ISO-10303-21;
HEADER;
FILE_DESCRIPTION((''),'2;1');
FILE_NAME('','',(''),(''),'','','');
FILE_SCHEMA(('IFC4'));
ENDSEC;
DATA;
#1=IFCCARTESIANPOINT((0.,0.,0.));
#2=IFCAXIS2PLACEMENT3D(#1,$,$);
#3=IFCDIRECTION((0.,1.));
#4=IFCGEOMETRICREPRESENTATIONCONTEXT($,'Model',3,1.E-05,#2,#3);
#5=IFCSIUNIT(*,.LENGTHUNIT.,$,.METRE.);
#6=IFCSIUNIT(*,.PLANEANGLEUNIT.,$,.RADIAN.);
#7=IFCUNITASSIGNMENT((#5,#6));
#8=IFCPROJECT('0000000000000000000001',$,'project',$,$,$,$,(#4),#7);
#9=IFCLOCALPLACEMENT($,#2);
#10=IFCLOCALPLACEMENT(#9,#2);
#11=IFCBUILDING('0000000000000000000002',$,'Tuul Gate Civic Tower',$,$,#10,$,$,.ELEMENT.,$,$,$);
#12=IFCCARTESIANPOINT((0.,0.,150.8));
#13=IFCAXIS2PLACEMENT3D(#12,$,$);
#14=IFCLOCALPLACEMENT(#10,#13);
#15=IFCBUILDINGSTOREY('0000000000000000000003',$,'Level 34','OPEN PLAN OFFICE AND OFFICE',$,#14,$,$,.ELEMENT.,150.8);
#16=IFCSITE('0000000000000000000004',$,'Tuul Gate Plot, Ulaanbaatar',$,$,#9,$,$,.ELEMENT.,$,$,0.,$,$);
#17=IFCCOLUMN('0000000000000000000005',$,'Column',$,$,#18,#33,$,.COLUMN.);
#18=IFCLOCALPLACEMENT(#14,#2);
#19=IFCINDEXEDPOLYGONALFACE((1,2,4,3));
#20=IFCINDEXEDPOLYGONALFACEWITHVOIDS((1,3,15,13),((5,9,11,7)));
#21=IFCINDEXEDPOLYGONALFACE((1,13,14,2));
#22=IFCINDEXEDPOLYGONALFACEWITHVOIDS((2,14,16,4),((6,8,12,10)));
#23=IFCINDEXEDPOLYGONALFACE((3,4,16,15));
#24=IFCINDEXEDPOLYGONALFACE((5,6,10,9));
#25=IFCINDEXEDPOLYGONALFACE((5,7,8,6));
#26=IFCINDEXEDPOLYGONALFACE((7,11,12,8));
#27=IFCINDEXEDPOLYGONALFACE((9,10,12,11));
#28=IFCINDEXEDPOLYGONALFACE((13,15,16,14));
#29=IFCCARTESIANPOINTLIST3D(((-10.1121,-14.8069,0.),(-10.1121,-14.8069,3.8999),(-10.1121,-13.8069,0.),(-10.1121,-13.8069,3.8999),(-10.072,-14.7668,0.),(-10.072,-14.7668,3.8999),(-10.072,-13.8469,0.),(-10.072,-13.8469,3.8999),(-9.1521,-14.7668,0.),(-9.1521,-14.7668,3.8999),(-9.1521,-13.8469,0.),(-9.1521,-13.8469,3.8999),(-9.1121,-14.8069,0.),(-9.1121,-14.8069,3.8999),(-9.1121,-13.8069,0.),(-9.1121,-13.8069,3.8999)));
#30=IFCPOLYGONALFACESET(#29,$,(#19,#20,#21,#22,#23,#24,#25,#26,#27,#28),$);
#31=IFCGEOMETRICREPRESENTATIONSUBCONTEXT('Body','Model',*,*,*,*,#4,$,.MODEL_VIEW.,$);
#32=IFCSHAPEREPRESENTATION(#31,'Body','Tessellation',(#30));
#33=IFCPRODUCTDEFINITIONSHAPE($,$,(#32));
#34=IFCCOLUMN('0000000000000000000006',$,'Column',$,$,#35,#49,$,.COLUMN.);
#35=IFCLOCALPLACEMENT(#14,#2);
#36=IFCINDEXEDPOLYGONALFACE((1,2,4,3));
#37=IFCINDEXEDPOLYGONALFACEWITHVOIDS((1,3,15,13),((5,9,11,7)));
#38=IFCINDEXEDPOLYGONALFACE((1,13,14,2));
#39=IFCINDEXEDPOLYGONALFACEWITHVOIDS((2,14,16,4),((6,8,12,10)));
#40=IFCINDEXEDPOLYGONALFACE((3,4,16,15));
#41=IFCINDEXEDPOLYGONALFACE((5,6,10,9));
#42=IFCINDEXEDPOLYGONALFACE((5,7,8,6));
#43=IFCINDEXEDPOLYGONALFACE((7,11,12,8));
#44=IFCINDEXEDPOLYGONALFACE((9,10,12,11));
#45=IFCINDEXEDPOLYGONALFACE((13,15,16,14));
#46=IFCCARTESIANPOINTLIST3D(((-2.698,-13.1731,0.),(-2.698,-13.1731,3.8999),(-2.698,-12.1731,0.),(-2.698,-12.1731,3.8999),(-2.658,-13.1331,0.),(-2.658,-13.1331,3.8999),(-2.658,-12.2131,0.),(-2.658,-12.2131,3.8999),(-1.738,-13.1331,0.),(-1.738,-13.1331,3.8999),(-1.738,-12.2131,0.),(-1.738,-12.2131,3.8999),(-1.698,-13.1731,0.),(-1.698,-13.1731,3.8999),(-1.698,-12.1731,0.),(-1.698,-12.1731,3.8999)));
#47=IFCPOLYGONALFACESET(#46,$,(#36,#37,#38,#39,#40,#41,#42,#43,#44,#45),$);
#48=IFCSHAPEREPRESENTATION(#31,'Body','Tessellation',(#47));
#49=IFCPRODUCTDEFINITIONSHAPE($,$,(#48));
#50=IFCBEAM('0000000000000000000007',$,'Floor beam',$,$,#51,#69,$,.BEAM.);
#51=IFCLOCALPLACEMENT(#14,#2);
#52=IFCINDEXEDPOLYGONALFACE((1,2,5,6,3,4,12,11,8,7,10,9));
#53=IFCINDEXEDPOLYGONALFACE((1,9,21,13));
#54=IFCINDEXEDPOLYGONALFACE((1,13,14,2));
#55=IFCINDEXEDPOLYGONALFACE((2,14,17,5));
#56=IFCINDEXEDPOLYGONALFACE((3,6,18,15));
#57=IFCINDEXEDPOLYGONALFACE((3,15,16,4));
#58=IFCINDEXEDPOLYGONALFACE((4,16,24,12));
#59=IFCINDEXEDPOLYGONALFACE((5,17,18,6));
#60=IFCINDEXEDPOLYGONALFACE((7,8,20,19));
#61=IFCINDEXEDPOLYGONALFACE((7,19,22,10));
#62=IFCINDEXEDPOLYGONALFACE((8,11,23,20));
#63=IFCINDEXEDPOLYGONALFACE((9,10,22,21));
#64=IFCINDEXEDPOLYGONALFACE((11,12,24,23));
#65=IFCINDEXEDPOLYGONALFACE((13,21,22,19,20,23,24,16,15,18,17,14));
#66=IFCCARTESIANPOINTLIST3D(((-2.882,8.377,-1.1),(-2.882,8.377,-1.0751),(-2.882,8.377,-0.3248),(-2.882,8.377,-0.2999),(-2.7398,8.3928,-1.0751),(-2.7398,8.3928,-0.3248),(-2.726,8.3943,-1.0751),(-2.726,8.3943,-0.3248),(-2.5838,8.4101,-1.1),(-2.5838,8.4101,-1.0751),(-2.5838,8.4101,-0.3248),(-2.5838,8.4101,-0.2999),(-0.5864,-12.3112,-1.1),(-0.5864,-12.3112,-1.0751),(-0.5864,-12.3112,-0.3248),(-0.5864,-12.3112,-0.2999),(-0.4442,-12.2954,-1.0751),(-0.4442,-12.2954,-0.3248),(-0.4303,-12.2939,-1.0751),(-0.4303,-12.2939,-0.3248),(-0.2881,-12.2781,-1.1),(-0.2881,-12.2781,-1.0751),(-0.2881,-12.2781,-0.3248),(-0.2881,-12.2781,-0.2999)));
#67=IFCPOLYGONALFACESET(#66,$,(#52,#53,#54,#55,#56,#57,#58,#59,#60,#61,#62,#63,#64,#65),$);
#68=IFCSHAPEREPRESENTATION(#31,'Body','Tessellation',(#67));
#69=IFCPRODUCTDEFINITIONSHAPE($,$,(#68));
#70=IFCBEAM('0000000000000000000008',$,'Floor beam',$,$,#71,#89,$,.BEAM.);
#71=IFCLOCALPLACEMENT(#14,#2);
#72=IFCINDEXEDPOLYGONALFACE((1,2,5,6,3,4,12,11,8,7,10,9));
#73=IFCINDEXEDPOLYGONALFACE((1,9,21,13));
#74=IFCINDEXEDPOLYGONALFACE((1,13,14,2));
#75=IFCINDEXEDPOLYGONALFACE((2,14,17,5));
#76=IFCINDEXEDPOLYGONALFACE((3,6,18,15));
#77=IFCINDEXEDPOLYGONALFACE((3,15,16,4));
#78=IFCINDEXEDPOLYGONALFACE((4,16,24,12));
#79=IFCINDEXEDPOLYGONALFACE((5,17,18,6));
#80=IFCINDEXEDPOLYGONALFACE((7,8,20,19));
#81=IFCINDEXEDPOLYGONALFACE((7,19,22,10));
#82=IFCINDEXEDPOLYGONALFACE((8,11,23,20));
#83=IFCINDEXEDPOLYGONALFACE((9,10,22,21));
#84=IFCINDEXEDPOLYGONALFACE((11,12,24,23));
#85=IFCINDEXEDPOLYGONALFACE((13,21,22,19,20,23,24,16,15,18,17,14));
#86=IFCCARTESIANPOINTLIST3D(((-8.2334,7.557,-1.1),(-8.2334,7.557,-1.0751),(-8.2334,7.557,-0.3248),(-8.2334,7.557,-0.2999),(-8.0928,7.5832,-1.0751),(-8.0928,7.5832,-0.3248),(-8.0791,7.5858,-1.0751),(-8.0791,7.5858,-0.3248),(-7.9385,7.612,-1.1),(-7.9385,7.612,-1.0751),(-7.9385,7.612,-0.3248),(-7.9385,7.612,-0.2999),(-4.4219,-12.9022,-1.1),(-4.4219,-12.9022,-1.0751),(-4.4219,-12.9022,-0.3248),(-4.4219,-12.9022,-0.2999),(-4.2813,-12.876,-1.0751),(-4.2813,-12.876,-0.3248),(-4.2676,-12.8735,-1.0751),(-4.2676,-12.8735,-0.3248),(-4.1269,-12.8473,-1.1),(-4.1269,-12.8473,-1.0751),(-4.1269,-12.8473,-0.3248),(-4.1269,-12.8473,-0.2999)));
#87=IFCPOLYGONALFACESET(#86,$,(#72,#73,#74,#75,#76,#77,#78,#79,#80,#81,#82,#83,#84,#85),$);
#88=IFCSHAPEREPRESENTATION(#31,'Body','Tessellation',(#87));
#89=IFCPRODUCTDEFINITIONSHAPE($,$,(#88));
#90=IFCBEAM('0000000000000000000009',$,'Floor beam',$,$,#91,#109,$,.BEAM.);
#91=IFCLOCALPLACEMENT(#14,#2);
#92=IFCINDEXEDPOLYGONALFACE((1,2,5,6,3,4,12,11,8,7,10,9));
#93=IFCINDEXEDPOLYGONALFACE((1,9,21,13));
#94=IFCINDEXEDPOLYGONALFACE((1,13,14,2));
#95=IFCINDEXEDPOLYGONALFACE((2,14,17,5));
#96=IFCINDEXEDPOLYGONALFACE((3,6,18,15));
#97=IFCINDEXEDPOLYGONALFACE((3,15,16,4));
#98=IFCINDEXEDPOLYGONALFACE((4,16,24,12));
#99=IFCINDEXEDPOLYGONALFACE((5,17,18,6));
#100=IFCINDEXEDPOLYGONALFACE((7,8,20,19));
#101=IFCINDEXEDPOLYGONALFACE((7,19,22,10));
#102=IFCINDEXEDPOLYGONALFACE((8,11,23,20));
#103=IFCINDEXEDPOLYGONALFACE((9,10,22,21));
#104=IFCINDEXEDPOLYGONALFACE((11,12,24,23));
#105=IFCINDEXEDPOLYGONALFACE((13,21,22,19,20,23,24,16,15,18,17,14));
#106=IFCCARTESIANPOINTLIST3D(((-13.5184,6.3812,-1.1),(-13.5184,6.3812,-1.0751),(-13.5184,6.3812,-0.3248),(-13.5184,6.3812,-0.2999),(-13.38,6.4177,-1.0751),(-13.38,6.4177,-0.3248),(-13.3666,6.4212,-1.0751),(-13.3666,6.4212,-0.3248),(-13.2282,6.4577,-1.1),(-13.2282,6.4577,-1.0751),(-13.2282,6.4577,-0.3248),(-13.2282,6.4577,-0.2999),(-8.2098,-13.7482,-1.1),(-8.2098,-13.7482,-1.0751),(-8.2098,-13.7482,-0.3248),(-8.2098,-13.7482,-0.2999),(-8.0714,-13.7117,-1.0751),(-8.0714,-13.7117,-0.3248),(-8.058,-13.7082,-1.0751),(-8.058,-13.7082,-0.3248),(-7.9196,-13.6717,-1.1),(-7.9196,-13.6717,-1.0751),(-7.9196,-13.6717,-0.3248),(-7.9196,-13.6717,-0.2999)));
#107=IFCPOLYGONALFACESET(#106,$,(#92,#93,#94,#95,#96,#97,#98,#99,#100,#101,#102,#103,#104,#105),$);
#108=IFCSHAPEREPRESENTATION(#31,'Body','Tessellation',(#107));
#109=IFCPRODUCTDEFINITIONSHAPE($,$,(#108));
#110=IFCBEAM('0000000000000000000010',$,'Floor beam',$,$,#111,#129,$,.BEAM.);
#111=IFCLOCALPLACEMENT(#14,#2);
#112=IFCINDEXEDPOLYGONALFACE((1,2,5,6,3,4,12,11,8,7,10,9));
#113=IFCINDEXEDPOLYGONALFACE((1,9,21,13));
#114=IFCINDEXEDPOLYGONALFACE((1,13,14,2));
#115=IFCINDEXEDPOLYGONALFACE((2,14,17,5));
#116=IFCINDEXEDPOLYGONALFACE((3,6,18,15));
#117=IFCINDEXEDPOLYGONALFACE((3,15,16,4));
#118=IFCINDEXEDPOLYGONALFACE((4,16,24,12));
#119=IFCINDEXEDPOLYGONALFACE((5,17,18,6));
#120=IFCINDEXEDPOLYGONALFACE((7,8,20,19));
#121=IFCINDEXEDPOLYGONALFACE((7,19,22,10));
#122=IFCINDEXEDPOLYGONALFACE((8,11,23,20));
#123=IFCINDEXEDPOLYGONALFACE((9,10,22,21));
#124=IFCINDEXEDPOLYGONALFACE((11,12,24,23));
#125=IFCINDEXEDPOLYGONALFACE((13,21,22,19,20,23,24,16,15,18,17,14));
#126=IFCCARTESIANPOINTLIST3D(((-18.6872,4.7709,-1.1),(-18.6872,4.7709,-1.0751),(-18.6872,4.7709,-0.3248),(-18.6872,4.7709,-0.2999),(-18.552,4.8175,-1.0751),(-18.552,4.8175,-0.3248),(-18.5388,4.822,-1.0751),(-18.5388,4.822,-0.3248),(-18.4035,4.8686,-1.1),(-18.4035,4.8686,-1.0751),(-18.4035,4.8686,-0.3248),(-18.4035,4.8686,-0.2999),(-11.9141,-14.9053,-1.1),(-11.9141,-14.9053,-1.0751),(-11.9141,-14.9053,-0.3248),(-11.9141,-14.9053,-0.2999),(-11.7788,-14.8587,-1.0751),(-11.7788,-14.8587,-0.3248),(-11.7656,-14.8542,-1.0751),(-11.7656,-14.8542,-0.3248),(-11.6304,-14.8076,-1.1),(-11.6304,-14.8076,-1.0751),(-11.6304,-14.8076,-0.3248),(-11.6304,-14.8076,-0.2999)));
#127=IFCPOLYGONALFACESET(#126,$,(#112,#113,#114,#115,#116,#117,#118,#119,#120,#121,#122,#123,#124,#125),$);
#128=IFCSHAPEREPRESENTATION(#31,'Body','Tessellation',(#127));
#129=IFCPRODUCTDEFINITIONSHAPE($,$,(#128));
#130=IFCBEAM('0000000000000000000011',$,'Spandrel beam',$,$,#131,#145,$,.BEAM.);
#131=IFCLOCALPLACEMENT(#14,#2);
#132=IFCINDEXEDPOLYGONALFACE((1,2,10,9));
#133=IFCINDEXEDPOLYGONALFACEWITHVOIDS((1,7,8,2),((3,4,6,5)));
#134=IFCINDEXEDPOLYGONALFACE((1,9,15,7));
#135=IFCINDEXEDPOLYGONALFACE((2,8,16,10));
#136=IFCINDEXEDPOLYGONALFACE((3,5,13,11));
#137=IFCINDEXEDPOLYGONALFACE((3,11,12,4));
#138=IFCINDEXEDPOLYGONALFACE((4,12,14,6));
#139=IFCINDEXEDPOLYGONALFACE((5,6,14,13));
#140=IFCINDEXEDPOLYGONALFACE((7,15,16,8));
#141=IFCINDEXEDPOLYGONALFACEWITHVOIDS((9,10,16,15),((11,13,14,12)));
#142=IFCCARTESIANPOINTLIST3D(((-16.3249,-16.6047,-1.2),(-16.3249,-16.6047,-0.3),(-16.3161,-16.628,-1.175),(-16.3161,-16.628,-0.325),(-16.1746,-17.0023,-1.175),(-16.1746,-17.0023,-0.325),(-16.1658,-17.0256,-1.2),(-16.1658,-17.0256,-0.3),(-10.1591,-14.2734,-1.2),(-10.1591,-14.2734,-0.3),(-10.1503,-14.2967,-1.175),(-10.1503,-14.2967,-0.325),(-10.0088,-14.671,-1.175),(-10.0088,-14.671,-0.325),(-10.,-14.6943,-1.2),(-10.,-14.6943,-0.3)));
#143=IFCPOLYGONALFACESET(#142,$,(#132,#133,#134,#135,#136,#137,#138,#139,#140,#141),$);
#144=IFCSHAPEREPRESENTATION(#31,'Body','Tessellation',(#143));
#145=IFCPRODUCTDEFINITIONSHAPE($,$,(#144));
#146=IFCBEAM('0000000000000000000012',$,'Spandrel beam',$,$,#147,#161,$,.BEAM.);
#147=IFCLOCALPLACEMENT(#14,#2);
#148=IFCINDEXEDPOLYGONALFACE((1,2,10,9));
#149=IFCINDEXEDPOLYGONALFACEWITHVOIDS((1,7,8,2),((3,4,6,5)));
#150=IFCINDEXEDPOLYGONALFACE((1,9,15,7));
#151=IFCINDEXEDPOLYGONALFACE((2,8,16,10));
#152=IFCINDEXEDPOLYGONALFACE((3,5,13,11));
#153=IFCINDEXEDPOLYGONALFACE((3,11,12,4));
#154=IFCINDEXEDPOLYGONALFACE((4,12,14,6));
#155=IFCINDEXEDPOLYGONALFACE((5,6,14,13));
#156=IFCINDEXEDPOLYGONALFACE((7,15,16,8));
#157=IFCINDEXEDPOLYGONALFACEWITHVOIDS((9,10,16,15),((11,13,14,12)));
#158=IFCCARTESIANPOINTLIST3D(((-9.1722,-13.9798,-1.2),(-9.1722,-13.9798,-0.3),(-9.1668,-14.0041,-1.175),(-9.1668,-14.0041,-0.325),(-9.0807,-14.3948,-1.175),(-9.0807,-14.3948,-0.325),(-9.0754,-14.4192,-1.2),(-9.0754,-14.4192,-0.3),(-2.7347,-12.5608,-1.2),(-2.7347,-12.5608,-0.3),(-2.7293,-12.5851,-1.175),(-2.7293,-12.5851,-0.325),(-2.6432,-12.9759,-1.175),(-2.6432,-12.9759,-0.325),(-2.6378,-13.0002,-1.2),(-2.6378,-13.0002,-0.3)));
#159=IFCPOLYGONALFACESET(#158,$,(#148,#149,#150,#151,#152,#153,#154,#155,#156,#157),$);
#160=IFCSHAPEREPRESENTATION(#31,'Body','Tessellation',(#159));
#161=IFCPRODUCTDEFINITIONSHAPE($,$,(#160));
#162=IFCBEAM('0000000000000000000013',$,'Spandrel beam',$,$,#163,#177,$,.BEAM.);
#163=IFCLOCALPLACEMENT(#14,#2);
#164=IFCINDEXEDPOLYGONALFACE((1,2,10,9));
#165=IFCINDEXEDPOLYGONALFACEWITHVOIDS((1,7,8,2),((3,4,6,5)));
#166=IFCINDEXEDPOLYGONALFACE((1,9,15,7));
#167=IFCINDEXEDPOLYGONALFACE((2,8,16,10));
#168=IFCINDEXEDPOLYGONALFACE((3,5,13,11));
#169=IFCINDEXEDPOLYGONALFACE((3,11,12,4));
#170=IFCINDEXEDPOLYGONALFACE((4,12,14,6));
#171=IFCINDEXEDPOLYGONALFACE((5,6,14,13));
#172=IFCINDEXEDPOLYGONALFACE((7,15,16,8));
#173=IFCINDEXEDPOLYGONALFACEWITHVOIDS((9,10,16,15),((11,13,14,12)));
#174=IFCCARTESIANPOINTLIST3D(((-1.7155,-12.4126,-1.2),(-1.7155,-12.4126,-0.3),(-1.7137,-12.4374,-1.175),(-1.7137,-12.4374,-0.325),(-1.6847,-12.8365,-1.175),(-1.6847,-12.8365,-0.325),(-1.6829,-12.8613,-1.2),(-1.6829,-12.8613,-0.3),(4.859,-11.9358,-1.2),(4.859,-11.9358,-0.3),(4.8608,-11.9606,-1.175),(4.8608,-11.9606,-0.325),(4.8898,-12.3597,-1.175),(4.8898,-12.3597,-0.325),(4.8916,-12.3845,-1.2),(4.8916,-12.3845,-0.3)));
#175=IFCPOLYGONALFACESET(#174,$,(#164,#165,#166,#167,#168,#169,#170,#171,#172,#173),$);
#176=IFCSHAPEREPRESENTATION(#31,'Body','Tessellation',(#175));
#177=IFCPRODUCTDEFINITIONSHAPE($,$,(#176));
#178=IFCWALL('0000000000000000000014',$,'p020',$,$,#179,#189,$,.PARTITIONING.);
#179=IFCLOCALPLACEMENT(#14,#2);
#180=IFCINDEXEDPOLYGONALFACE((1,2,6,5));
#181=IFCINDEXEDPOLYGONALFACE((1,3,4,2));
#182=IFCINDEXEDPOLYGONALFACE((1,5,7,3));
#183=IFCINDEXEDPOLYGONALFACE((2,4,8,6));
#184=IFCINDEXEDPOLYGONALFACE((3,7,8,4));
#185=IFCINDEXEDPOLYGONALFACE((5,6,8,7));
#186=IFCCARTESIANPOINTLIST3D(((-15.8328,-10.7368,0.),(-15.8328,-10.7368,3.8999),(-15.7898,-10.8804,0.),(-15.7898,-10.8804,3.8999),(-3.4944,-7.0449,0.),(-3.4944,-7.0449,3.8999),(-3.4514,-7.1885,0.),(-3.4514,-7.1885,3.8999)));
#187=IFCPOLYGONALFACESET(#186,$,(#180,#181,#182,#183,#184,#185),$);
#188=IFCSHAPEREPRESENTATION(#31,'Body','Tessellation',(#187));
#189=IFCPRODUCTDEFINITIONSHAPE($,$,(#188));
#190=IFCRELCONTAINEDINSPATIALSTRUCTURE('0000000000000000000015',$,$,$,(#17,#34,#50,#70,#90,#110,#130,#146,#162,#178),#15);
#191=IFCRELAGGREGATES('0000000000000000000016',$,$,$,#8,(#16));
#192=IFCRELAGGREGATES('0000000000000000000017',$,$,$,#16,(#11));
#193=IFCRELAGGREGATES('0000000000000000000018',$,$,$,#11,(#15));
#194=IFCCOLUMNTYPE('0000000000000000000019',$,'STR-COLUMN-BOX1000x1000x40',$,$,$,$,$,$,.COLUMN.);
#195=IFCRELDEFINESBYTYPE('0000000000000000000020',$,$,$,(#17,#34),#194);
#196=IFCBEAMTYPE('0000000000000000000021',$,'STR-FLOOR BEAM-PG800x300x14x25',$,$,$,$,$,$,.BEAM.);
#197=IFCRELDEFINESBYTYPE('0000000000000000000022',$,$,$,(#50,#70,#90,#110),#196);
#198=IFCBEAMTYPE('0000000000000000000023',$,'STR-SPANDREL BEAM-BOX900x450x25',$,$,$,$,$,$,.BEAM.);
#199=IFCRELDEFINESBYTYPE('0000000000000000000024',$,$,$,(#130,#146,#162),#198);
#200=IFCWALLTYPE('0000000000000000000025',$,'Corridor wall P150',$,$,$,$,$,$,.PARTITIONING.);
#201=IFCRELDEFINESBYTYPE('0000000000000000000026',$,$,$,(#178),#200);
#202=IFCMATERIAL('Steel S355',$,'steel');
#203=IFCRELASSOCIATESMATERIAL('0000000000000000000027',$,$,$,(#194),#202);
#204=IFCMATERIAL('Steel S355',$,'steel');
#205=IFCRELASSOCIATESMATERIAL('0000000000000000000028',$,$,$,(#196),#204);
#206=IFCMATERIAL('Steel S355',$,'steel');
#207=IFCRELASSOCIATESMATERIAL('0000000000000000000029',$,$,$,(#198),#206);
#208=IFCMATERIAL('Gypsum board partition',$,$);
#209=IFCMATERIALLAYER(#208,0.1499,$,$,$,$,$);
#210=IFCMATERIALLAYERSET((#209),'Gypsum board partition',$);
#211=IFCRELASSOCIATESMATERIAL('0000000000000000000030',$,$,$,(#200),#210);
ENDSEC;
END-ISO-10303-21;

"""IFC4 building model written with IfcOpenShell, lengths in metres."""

from ifc_helpers import new_model, si_unit, direction, frame, frame_2d, origin, origin_2d, place, context, subcontext, project, spatial, rectangle, hollow_rectangle, i_section, extrude, material, layer, layer_set, material_profile, profile_set, type_object, element, save


model = new_model("IFC4")

# Units and contexts
model_context = context("Model", 3, precision=1e-05, world=origin(), true_north=direction((0.0, 1.0)))
body_context = subcontext(model_context, "Body", "Model", "MODEL_VIEW")
ifc_project = project(units=[si_unit("LENGTHUNIT", "METRE"), si_unit("PLANEANGLEUNIT", "RADIAN")], contexts=[model_context])

# Site, building, storey
site_placement = place(None, origin())
site = spatial("IfcSite", under=ifc_project, at=site_placement, Name="Tuul Gate Plot, Ulaanbaatar", CompositionType="ELEMENT", RefElevation=0.0)
building_placement = place(site_placement, origin())
building = spatial("IfcBuilding", under=site, at=building_placement, Name="Tuul Gate Civic Tower", CompositionType="ELEMENT")
storey_placement = place(building_placement, frame((0.0, 0.0, 150.8)))
storey = spatial("IfcBuildingStorey", under=building, at=storey_placement, Name="Level 34", Description="OPEN PLAN OFFICE AND OFFICE", CompositionType="ELEMENT", Elevation=150.8)

# Columns
ifc_material_1 = material(Name="Steel S355", Category="steel")
ifc_material_profile_1 = material_profile(ifc_material_1, hollow_rectangle(XDim=1.0, YDim=1.0, WallThickness=0.04, at=origin_2d()), Name="BOX1000x1000x40")
ifc_profile_set_1 = profile_set([ifc_material_profile_1], Name="Steel S355")
column_type = type_object("IfcColumnType", Name="STR-COLUMN-BOX1000x1000x40", PredefinedType="COLUMN", material=ifc_profile_set_1)
for number, where, z_axis, x_axis, name in (
    (1, (-9.6121, -14.3069, 0.0), (0.0, 0.0, 1.0), (1.0, 0.0, 0.0), "Column"),
    (2, (-2.198, -12.6731, 0.0), (0.0, 0.0, 1.0), (1.0, 0.0, 0.0), "Column"),
):
    element("IfcColumn", number, at=place(storey_placement, frame(where, z_axis=z_axis, x_axis=x_axis)), inside=storey, type_object=column_type, Name=name, PredefinedType="COLUMN", context=body_context, shape_type="SweptSolid", body=[
        extrude(hollow_rectangle(XDim=1.0, YDim=1.0, WallThickness=0.04, at=origin_2d()), origin(), (0.0, 0.0, 1.0), 3.8999),
    ])

# Beams
ifc_material_2 = material(Name="Steel S355", Category="steel")
ifc_material_profile_2 = material_profile(ifc_material_2, i_section(OverallWidth=0.3, OverallDepth=0.8, WebThickness=0.0139, FlangeThickness=0.0249, at=origin_2d()), Name="PG800x300x14x25")
ifc_profile_set_2 = profile_set([ifc_material_profile_2], Name="Steel S355")
beam_type_1 = type_object("IfcBeamType", Name="STR-FLOOR BEAM-PG800x300x14x25", PredefinedType="BEAM", material=ifc_profile_set_2)
beam_1_placement = place(storey_placement, frame((-0.4373, -12.2947, -0.7), z_axis=(-0.110287, 0.9939, 0.0), x_axis=(-0.9939, -0.110287, 0.0)))
element("IfcBeam", 3, at=beam_1_placement, inside=storey, type_object=beam_type_1, Name="Floor beam", PredefinedType="BEAM", context=body_context, shape_type="SweptSolid", body=[
    extrude(i_section(OverallWidth=0.3, OverallDepth=0.8, WebThickness=0.0139, FlangeThickness=0.0249, at=origin_2d()), origin(), (0.0, 0.0, 1.0), 20.8152),
])
beam_2_placement = place(storey_placement, frame((-4.2744, -12.8748, -0.7), z_axis=(-0.183147, 0.983085, 0.0), x_axis=(-0.983085, -0.183147, 0.0)))
element("IfcBeam", 4, at=beam_2_placement, inside=storey, type_object=beam_type_1, Name="Floor beam", PredefinedType="BEAM", context=body_context, shape_type="SweptSolid", body=[
    extrude(i_section(OverallWidth=0.3, OverallDepth=0.8, WebThickness=0.0139, FlangeThickness=0.0249, at=origin_2d()), origin(), (0.0, 0.0, 1.0), 20.8113),
])
beam_3_placement = place(storey_placement, frame((-8.0647, -13.71, -0.7), z_axis=(-0.255005, 0.96694, 0.0), x_axis=(-0.96694, -0.255005, 0.0)))
element("IfcBeam", 5, at=beam_3_placement, inside=storey, type_object=beam_type_1, Name="Floor beam", PredefinedType="BEAM", context=body_context, shape_type="SweptSolid", body=[
    extrude(i_section(OverallWidth=0.3, OverallDepth=0.8, WebThickness=0.0139, FlangeThickness=0.0249, at=origin_2d()), origin(), (0.0, 0.0, 1.0), 20.8176),
])
beam_4_placement = place(storey_placement, frame((-11.7722, -14.8564, -0.7), z_axis=(-0.325487, 0.945547, 0.0), x_axis=(-0.945547, -0.325487, 0.0)))
element("IfcBeam", 6, at=beam_4_placement, inside=storey, type_object=beam_type_1, Name="Floor beam", PredefinedType="BEAM", context=body_context, shape_type="SweptSolid", body=[
    extrude(i_section(OverallWidth=0.3, OverallDepth=0.8, WebThickness=0.0139, FlangeThickness=0.0249, at=origin_2d()), origin(), (0.0, 0.0, 1.0), 20.8093),
])
ifc_material_3 = material(Name="Steel S355", Category="steel")
ifc_material_profile_3 = material_profile(ifc_material_3, hollow_rectangle(XDim=0.45, YDim=0.8999, WallThickness=0.0249, at=origin_2d()), Name="BOX900x450x25")
ifc_profile_set_3 = profile_set([ifc_material_profile_3], Name="Steel S355")
beam_type_2 = type_object("IfcBeamType", Name="STR-SPANDREL BEAM-BOX900x450x25", PredefinedType="BEAM", material=ifc_profile_set_3)
beam_5_placement = place(storey_placement, frame((-16.2454, -16.8152, -0.75), z_axis=(0.935371, 0.353667, 0.0), x_axis=(-0.353667, 0.935371, 0.0)))
element("IfcBeam", 7, at=beam_5_placement, inside=storey, type_object=beam_type_2, Name="Spandrel beam", PredefinedType="BEAM", context=body_context, shape_type="SweptSolid", body=[
    extrude(hollow_rectangle(XDim=0.45, YDim=0.8999, WallThickness=0.0249, at=origin_2d()), origin(), (0.0, 0.0, 1.0), 6.5918),
])
beam_6_placement = place(storey_placement, frame((-9.1238, -14.1995, -0.75), z_axis=(0.976559, 0.215252, 0.0), x_axis=(-0.215252, 0.976559, 0.0)))
element("IfcBeam", 8, at=beam_6_placement, inside=storey, type_object=beam_type_2, Name="Spandrel beam", PredefinedType="BEAM", context=body_context, shape_type="SweptSolid", body=[
    extrude(hollow_rectangle(XDim=0.45, YDim=0.8999, WallThickness=0.0249, at=origin_2d()), origin(), (0.0, 0.0, 1.0), 6.592),
])
beam_7_placement = place(storey_placement, frame((-1.6992, -12.637, -0.75), z_axis=(0.99738, 0.072334, 0.0), x_axis=(-0.072334, 0.99738, 0.0)))
element("IfcBeam", 9, at=beam_7_placement, inside=storey, type_object=beam_type_2, Name="Spandrel beam", PredefinedType="BEAM", context=body_context, shape_type="SweptSolid", body=[
    extrude(hollow_rectangle(XDim=0.45, YDim=0.8999, WallThickness=0.0249, at=origin_2d()), origin(), (0.0, 0.0, 1.0), 6.5918),
])

# Wall
ifc_material_4 = material(Name="Gypsum board partition")
ifc_layer_1 = layer(ifc_material_4, 0.1499)
ifc_layer_set_1 = layer_set([ifc_layer_1], Name="Gypsum board partition")
wall_type_1 = type_object("IfcWallType", Name="Corridor wall P150", PredefinedType="PARTITIONING", material=ifc_layer_set_1)
wall_1_placement = place(storey_placement, frame((-15.8113, -10.8086, 0.0), z_axis=(0.0, 0.0, 1.0), x_axis=(0.958032, 0.286663, 0.0)))
element("IfcWall", 10, at=wall_1_placement, inside=storey, type_object=wall_type_1, Name="p020", PredefinedType="PARTITIONING", context=body_context, shape_type="SweptSolid", body=[
    extrude(rectangle(XDim=12.8789, YDim=0.1499, at=frame_2d((6.4395, 0.0))), origin(), (0.0, 0.0, 1.0), 3.8999),
])

save(model, "model.ifc")
